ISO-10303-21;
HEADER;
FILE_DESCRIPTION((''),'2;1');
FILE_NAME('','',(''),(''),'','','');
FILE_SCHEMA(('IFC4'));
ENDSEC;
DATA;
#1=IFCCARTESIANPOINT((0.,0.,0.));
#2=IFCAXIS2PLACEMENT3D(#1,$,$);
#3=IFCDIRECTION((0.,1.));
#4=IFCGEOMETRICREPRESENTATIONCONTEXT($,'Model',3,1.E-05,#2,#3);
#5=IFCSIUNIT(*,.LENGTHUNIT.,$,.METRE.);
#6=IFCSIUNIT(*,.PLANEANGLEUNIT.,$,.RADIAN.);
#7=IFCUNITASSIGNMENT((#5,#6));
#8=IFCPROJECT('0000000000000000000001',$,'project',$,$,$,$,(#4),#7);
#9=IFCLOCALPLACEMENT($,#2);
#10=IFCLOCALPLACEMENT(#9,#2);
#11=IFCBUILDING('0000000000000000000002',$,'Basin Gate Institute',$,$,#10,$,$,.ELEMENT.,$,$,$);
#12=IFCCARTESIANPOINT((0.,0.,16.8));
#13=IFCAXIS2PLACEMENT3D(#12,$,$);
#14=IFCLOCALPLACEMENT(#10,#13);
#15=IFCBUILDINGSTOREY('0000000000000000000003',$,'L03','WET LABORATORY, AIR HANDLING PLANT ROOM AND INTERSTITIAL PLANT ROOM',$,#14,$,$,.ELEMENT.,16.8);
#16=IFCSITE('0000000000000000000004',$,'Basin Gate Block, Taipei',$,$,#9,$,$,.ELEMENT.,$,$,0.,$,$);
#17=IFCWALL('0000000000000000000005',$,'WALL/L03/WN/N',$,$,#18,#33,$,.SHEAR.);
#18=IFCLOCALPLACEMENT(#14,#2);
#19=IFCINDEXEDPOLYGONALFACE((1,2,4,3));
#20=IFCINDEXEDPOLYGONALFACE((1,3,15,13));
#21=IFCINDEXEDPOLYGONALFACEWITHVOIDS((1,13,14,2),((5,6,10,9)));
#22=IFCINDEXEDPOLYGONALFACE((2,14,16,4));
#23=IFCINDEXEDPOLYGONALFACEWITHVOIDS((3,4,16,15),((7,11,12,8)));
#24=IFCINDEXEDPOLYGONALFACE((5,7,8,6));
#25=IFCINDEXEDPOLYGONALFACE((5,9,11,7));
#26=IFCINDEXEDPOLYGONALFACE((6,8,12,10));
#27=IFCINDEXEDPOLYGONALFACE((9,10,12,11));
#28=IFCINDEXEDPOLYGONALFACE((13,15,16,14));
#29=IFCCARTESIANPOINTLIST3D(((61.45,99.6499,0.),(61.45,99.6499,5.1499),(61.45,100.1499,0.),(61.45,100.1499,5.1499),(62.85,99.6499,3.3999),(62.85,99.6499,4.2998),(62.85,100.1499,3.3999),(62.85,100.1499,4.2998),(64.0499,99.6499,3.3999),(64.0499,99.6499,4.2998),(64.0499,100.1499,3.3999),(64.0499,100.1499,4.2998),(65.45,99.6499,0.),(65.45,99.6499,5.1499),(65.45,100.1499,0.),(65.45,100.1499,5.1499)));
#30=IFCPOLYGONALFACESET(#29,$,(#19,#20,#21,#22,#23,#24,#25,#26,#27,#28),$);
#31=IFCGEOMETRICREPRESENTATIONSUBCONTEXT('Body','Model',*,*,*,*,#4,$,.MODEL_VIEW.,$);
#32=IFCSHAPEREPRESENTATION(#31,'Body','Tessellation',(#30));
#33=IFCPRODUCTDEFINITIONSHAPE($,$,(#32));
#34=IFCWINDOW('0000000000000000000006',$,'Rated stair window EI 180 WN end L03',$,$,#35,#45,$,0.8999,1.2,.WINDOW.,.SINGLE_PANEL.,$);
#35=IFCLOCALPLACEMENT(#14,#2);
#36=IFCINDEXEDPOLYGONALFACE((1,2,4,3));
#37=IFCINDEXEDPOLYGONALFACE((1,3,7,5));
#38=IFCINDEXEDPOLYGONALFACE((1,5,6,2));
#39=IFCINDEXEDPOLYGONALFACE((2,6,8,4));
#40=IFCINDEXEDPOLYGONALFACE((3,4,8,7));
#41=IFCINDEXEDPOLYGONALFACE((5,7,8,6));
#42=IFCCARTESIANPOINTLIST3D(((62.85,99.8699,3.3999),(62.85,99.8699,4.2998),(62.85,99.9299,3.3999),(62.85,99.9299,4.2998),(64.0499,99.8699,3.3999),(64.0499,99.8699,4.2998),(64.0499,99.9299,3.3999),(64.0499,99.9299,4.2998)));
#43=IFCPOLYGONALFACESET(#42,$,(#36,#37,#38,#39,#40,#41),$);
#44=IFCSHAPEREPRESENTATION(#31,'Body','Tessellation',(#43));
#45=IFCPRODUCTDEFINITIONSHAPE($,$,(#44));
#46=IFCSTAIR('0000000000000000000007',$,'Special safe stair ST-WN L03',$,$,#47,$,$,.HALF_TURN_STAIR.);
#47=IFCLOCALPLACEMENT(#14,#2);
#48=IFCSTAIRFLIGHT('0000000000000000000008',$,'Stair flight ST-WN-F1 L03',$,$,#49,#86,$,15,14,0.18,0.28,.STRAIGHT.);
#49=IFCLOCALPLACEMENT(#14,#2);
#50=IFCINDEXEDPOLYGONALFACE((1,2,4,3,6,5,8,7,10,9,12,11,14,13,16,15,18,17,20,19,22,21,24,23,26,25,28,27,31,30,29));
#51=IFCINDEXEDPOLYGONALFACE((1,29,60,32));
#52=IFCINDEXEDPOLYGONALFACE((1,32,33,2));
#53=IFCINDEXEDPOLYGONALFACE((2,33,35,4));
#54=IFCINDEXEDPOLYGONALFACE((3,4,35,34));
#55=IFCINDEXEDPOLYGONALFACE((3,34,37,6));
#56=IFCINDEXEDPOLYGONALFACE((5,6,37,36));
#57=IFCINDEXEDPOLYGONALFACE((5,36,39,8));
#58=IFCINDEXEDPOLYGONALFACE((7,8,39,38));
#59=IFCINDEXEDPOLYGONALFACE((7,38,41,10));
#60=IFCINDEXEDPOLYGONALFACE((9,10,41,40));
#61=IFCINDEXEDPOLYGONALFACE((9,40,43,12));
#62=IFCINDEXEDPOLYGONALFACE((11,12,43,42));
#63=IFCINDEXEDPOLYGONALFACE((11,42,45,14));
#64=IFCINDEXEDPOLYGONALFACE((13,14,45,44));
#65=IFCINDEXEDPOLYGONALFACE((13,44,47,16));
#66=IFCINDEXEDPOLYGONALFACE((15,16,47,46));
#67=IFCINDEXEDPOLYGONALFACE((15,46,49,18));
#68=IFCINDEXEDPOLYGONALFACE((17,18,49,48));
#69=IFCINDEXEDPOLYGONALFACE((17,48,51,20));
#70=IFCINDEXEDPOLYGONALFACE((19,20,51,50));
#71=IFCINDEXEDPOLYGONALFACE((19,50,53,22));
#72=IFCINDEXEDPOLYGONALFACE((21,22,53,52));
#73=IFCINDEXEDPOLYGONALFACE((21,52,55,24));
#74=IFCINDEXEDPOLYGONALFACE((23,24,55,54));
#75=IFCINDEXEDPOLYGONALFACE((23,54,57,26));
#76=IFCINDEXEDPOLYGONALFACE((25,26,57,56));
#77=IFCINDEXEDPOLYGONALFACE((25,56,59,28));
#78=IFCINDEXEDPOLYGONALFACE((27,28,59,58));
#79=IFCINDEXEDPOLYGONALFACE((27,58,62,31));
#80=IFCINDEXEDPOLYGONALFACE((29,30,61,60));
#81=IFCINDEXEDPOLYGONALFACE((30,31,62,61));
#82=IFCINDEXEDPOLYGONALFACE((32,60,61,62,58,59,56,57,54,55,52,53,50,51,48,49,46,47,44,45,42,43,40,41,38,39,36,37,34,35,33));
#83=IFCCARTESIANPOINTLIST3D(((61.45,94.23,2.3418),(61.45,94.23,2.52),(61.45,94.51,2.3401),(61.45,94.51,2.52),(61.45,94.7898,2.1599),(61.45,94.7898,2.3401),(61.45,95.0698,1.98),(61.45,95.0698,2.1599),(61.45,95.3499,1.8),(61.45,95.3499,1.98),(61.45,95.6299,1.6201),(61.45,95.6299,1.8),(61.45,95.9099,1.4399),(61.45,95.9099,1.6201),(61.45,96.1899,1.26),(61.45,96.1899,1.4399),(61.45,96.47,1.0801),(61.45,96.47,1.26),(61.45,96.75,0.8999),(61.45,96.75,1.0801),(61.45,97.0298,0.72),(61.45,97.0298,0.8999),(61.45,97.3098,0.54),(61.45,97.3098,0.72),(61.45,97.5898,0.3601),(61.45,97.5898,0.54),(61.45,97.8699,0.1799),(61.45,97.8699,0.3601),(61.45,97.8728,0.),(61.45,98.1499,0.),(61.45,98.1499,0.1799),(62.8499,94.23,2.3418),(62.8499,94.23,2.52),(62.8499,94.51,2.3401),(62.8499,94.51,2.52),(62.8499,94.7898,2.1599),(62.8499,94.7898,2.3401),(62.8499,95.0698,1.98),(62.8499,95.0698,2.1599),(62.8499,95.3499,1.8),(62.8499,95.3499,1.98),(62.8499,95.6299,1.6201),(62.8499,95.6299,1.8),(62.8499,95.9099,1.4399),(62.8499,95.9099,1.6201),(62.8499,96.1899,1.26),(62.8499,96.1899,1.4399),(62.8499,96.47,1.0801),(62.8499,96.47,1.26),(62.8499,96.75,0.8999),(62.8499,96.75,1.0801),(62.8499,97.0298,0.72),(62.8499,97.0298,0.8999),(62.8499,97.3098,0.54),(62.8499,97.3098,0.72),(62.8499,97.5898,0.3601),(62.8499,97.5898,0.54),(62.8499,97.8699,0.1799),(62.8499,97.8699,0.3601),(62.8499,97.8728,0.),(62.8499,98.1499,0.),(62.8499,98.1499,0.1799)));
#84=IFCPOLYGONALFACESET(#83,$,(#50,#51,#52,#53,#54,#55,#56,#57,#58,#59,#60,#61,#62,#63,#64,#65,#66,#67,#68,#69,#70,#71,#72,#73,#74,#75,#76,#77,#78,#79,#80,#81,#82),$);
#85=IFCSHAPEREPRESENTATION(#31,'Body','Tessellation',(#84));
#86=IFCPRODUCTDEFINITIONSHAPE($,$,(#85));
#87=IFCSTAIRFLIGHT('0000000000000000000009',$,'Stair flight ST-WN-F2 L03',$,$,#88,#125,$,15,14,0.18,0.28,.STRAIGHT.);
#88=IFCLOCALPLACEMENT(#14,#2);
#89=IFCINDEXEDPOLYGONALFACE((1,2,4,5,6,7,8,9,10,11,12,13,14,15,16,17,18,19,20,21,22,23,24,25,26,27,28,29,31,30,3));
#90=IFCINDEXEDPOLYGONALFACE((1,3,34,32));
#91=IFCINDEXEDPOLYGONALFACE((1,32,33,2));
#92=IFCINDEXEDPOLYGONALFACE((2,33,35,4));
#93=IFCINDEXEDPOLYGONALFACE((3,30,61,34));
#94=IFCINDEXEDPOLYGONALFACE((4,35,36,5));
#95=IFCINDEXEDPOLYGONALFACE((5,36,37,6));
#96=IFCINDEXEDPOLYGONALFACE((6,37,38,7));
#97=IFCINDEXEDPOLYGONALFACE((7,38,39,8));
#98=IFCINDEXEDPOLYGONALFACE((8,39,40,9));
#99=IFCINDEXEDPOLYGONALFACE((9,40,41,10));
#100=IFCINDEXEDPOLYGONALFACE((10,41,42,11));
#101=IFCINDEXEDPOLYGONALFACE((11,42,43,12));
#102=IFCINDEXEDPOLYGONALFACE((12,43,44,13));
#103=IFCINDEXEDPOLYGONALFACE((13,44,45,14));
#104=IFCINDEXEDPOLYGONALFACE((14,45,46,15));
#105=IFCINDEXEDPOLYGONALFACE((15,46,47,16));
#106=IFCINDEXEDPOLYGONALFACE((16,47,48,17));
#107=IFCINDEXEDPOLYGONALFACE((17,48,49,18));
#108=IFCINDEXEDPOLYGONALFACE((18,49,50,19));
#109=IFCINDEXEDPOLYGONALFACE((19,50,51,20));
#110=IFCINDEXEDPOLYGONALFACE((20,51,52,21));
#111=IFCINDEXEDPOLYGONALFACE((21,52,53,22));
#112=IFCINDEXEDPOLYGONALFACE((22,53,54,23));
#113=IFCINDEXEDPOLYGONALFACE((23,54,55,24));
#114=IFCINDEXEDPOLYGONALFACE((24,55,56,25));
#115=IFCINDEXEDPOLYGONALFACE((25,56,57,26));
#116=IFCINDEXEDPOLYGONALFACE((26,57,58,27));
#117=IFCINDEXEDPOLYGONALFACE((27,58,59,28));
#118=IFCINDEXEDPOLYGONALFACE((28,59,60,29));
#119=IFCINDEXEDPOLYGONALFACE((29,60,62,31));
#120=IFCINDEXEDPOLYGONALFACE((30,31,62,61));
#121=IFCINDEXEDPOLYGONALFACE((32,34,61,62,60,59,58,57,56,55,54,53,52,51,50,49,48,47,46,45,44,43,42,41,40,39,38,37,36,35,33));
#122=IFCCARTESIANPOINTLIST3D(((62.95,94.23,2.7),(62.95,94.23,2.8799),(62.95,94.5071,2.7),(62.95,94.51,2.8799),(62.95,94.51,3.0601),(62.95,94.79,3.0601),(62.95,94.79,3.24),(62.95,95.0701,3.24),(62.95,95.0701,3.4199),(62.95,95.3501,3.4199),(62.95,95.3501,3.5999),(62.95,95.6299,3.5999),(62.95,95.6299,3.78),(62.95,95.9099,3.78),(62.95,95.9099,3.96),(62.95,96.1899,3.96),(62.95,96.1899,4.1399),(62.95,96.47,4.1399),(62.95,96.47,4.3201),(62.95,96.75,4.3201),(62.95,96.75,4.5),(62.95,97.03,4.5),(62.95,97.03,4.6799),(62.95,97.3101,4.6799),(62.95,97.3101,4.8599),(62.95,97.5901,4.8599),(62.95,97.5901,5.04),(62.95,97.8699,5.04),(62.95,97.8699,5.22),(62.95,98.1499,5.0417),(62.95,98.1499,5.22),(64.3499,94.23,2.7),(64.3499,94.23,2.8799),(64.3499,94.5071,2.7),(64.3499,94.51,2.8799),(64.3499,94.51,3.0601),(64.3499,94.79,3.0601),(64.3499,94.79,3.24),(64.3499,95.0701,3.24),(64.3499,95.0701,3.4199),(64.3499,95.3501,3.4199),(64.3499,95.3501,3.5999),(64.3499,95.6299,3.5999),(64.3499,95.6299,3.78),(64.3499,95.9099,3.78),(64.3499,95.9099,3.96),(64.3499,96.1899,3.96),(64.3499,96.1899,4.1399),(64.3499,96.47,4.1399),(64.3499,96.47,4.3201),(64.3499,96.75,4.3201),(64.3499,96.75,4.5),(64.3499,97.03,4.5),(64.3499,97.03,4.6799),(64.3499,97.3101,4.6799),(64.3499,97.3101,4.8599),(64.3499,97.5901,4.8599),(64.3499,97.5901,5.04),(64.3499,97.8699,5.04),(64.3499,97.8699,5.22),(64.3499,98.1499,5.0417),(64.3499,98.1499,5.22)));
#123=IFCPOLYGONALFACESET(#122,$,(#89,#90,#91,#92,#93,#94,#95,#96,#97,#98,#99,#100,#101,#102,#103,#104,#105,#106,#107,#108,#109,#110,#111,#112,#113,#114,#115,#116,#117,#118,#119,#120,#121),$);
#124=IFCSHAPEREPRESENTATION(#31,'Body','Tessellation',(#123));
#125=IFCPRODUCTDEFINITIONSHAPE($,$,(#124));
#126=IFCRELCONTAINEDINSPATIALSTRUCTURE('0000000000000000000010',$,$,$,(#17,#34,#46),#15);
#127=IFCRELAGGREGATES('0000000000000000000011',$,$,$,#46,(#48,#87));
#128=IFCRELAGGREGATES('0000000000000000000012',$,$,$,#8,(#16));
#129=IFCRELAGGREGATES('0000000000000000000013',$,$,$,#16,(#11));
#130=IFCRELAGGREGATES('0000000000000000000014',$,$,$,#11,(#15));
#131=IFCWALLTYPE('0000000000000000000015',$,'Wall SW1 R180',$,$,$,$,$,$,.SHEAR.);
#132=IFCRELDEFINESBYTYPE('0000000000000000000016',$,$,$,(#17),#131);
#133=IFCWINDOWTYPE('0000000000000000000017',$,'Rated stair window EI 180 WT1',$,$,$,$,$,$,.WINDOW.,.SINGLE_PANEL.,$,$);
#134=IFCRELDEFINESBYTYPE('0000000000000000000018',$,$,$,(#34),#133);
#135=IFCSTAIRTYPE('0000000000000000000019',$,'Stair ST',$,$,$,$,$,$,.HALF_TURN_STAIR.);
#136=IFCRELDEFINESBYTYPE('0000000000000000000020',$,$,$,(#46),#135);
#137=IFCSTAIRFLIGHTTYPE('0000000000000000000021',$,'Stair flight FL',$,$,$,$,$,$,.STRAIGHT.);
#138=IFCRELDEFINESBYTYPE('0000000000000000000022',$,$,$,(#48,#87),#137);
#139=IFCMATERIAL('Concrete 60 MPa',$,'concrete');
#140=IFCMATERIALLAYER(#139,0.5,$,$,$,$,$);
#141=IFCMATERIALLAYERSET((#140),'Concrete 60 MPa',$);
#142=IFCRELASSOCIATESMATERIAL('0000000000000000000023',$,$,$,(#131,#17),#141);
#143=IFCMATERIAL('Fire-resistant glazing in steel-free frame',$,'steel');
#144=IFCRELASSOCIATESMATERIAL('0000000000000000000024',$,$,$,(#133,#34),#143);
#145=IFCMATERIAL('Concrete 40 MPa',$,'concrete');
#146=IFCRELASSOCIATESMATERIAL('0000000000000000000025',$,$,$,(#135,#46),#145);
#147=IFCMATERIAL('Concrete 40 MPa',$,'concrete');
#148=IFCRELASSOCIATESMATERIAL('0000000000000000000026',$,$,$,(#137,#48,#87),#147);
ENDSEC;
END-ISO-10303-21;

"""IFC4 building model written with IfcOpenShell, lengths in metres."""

from ifc_helpers import new_model, si_unit, direction, frame, frame_2d, origin, place, context, subcontext, project, spatial, polyline, rectangle, outline, extrude, material, layer, layer_set, type_object, element, fill, aggregate, save


model = new_model("IFC4")

# Units and contexts
model_context = context("Model", 3, precision=1e-05, world=origin(), true_north=direction((0.0, 1.0)))
body_context = subcontext(model_context, "Body", "Model", "MODEL_VIEW")
ifc_project = project(units=[si_unit("LENGTHUNIT", "METRE"), si_unit("PLANEANGLEUNIT", "RADIAN")], contexts=[model_context])

# Site, building, storey
site_placement = place(None, origin())
site = spatial("IfcSite", under=ifc_project, at=site_placement, Name="Basin Gate Block, Taipei", CompositionType="ELEMENT", RefElevation=0.0)
building_placement = place(site_placement, origin())
building = spatial("IfcBuilding", under=site, at=building_placement, Name="Basin Gate Institute", CompositionType="ELEMENT")
storey_placement = place(building_placement, frame((0.0, 0.0, 16.8)))
storey = spatial("IfcBuildingStorey", under=building, at=storey_placement, Name="L03", Description="WET LABORATORY, AIR HANDLING PLANT ROOM AND INTERSTITIAL PLANT ROOM", CompositionType="ELEMENT", Elevation=16.8)

# Wall, opening, window
ifc_material_1 = material(Name="Concrete 60 MPa", Category="concrete")
ifc_layer_1 = layer(ifc_material_1, 0.5)
ifc_layer_set_1 = layer_set([ifc_layer_1], Name="Concrete 60 MPa")
wall_type_1 = type_object("IfcWallType", Name="Wall SW1 R180", PredefinedType="SHEAR", material=ifc_layer_set_1)
wall_1_placement = place(storey_placement, frame((61.45, 99.8999, 0.0), z_axis=(0.0, 0.0, 1.0), x_axis=(1.0, 0.0, 0.0)))
wall_1 = element("IfcWall", 1, at=wall_1_placement, inside=storey, type_object=wall_type_1, material=ifc_layer_set_1, Name="WALL/L03/WN/N", PredefinedType="SHEAR", context=body_context, shape_type="SweptSolid", body=[
    extrude(rectangle(XDim=4.0, YDim=0.5, at=frame_2d((2.0, 0.0))), origin(), (0.0, 0.0, 1.0), 5.1499),
])
opening_1_placement = place(wall_1_placement, frame((1.3999, 0.0, 3.3999)))
opening_1 = element("IfcOpeningElement", 2, at=opening_1_placement, cuts=wall_1, PredefinedType="OPENING", context=body_context, shape_type="SweptSolid", body=[
    extrude(rectangle(XDim=1.2, YDim=0.8999, at=frame_2d((0.6001, 0.45))), frame((0.0, 0.26, 0.0), z_axis=(0.0, -1.0, 0.0), x_axis=(1.0, 0.0, 0.0)), (0.0, 0.0, 1.0), 0.52),
])
ifc_material_2 = material(Name="Fire-resistant glazing in steel-free frame", Category="steel")
window_type_1 = type_object("IfcWindowType", Name="Rated stair window EI 180 WT1", PartitioningType="SINGLE_PANEL", PredefinedType="WINDOW", material=ifc_material_2)
window_1_placement = place(opening_1_placement, origin())
window_1 = element("IfcWindow", 3, at=window_1_placement, inside=storey, type_object=window_type_1, material=ifc_material_2, Name="Rated stair window EI 180 WN end L03", OverallHeight=0.8999, OverallWidth=1.2, PartitioningType="SINGLE_PANEL", PredefinedType="WINDOW", context=body_context, shape_type="SweptSolid", body=[
    extrude(rectangle(XDim=1.2, YDim=0.8999, at=frame_2d((0.6001, 0.45))), frame((0.0, 0.03, 0.0), z_axis=(0.0, -1.0, 0.0), x_axis=(1.0, 0.0, 0.0)), (0.0, 0.0, 1.0), 0.0601),
])
fill(opening_1, window_1)

# Stair, stair flights
ifc_material_3 = material(Name="Concrete 40 MPa", Category="concrete")
stair_type = type_object("IfcStairType", Name="Stair ST", PredefinedType="HALF_TURN_STAIR", material=ifc_material_3)
stair_placement = place(storey_placement, origin())
stair = element("IfcStair", 4, at=stair_placement, inside=storey, type_object=stair_type, material=ifc_material_3, Name="Special safe stair ST-WN L03", PredefinedType="HALF_TURN_STAIR")
ifc_material_4 = material(Name="Concrete 40 MPa", Category="concrete")
stair_flight_type = type_object("IfcStairFlightType", Name="Stair flight FL", PredefinedType="STRAIGHT", material=ifc_material_4)
stair_flight_1_placement = place(storey_placement, frame((62.1499, 98.1499, 0.0), z_axis=(0.0, 0.0, 1.0), x_axis=(0.0, -1.0, 0.0)))
stair_flight_1 = element("IfcStairFlight", 5, at=stair_flight_1_placement, type_object=stair_flight_type, material=ifc_material_4, Name="Stair flight ST-WN-F1 L03", NumberOfRisers=15, NumberOfTreads=14, PredefinedType="STRAIGHT", RiserHeight=0.18, TreadLength=0.28, context=body_context, shape_type="SweptSolid", body=[
    extrude(outline(polyline([(0.0, 0.0), (0.0, 0.1799), (0.28, 0.1799), (0.28, 0.3601), (0.5601, 0.3601), (0.5601, 0.54), (0.8401, 0.54), (0.8401, 0.72), (1.1201, 0.72), (1.1201, 0.8999), (1.3999, 0.8999), (1.3999, 1.0801), (1.6799, 1.0801), (1.6799, 1.26), (1.96, 1.26), (1.96, 1.4399), (2.24, 1.4399), (2.24, 1.6201), (2.52, 1.6201), (2.52, 1.8), (2.8, 1.8), (2.8, 1.98), (3.0801, 1.98), (3.0801, 2.1599), (3.3601, 2.1599), (3.3601, 2.3401), (3.6399, 2.3401), (3.6399, 2.52), (3.9199, 2.52), (3.9199, 2.7), (3.9199, 2.3418), (0.2771, 0.0), (0.0, 0.0)])), frame((0.0, 0.7, 0.0), z_axis=(0.0, -1.0, 0.0), x_axis=(1.0, 0.0, 0.0)), (0.0, 0.0, 1.0), 1.3999),
])
stair_flight_2_placement = place(storey_placement, frame((63.6499, 94.23, 2.7), z_axis=(0.0, 0.0, 1.0), x_axis=(0.0, 1.0, 0.0)))
stair_flight_2 = element("IfcStairFlight", 6, at=stair_flight_2_placement, type_object=stair_flight_type, material=ifc_material_4, Name="Stair flight ST-WN-F2 L03", NumberOfRisers=15, NumberOfTreads=14, PredefinedType="STRAIGHT", RiserHeight=0.18, TreadLength=0.28, context=body_context, shape_type="SweptSolid", body=[
    extrude(outline(polyline([(0.0, 0.0), (0.0, 0.1799), (0.28, 0.1799), (0.28, 0.3601), (0.5601, 0.3601), (0.5601, 0.54), (0.8401, 0.54), (0.8401, 0.72), (1.1201, 0.72), (1.1201, 0.8999), (1.3999, 0.8999), (1.3999, 1.0801), (1.6799, 1.0801), (1.6799, 1.26), (1.96, 1.26), (1.96, 1.4399), (2.24, 1.4399), (2.24, 1.6201), (2.52, 1.6201), (2.52, 1.8), (2.8, 1.8), (2.8, 1.98), (3.0801, 1.98), (3.0801, 2.1599), (3.3601, 2.1599), (3.3601, 2.3401), (3.6399, 2.3401), (3.6399, 2.52), (3.9199, 2.52), (3.9199, 2.7), (3.9199, 2.3418), (0.2771, 0.0), (0.0, 0.0)])), frame((0.0, 0.7, 0.0), z_axis=(0.0, -1.0, 0.0), x_axis=(1.0, 0.0, 0.0)), (0.0, 0.0, 1.0), 1.3999),
])
aggregate(stair, [stair_flight_1, stair_flight_2])

save(model, "model.ifc")
